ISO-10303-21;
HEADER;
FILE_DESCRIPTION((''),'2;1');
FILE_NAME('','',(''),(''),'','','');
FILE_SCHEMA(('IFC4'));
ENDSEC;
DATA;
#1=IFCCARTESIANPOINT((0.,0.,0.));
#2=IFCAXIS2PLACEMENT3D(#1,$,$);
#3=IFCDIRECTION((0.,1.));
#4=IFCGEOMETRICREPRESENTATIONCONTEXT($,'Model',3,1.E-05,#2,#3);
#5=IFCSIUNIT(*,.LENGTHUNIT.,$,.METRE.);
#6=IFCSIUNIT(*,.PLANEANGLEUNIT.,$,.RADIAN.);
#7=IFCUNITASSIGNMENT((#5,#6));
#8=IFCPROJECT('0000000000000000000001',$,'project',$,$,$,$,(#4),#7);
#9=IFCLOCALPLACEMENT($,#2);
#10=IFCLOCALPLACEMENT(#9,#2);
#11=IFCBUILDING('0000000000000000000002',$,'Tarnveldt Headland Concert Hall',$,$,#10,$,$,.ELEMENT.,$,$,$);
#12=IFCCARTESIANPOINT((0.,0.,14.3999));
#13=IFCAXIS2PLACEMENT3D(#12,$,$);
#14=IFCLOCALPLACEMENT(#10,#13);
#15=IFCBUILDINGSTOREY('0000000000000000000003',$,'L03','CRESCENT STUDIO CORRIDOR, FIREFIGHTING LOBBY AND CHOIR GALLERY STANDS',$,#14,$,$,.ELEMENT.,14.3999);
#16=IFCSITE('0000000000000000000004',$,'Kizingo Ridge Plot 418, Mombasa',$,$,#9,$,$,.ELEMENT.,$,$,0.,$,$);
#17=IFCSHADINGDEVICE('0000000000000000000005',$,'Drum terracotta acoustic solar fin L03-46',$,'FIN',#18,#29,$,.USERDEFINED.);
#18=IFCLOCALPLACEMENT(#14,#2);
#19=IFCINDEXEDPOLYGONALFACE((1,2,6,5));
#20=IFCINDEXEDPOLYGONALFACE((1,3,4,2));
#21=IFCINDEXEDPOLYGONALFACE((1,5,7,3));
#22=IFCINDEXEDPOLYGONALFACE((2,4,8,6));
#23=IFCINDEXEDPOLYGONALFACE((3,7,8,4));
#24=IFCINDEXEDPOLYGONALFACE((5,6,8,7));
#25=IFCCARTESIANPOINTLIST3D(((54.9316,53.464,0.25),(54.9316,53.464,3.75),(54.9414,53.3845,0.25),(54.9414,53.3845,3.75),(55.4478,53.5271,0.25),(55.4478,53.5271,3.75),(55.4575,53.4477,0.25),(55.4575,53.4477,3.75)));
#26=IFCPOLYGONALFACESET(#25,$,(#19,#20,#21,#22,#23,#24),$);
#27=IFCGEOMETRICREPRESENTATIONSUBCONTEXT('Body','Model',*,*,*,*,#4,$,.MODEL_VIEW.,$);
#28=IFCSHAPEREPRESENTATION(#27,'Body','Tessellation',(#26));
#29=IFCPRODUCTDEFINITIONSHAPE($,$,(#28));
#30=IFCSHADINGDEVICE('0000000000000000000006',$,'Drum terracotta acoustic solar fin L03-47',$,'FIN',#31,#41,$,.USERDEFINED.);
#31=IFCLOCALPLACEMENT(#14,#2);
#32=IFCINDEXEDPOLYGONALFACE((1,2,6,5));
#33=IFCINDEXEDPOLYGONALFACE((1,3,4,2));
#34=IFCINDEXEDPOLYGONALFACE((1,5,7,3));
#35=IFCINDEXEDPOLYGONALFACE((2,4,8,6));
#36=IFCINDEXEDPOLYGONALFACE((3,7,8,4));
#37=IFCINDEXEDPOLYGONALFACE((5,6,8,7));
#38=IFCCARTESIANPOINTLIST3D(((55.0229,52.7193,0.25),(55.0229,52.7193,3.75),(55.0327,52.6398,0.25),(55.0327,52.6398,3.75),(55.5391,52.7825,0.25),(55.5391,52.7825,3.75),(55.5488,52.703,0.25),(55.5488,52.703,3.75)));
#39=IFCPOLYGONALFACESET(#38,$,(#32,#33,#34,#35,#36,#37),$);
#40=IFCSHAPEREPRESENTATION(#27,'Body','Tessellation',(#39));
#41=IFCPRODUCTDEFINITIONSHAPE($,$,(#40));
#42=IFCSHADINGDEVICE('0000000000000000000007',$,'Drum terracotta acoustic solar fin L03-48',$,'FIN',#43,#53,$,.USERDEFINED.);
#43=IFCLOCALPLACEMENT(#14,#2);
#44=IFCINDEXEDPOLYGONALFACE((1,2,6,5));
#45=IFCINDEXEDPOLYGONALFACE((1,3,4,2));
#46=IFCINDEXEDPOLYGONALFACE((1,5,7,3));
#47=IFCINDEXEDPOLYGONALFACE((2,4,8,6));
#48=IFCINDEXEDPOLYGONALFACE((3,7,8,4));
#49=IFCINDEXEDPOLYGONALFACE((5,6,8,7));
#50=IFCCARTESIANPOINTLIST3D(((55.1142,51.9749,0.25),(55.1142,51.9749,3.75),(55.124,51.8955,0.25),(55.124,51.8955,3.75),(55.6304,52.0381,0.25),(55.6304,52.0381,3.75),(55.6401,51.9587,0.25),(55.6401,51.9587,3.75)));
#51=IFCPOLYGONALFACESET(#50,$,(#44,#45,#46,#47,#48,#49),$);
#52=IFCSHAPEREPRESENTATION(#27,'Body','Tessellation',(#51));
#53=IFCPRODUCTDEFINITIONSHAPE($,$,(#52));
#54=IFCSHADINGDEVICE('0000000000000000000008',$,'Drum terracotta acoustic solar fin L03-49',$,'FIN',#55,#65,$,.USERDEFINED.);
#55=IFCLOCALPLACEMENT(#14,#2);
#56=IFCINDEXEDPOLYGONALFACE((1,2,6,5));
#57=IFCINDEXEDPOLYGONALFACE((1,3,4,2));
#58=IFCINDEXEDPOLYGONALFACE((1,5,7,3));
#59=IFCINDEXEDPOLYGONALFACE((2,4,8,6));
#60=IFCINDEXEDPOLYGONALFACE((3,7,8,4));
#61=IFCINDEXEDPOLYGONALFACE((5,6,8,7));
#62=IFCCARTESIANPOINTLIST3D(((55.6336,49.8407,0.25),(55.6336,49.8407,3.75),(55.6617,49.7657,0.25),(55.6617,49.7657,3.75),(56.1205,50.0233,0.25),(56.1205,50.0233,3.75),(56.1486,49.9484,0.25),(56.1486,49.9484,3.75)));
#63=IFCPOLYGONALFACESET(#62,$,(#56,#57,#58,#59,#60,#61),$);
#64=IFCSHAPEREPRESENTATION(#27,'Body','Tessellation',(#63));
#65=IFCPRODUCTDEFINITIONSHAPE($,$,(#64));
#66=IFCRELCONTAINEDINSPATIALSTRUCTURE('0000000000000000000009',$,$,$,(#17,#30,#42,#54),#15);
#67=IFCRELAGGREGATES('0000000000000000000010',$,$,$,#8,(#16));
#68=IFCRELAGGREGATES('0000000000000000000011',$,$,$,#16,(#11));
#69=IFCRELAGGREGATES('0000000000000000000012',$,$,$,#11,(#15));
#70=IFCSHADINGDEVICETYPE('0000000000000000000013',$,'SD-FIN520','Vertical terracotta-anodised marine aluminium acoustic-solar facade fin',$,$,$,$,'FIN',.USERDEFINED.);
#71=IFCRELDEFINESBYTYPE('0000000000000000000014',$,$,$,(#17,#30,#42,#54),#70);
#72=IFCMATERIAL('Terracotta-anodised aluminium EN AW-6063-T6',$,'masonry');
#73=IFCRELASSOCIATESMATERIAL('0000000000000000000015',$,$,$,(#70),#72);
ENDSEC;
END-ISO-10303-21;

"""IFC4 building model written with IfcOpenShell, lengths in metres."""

from ifc_helpers import new_model, si_unit, direction, frame, origin, origin_2d, place, context, subcontext, project, spatial, rectangle, extrude, material, type_object, element, save


model = new_model("IFC4")

# Units and contexts
model_context = context("Model", 3, precision=1e-05, world=origin(), true_north=direction((0.0, 1.0)))
body_context = subcontext(model_context, "Body", "Model", "MODEL_VIEW")
ifc_project = project(units=[si_unit("LENGTHUNIT", "METRE"), si_unit("PLANEANGLEUNIT", "RADIAN")], contexts=[model_context])

# Site, building, storey
site_placement = place(None, origin())
site = spatial("IfcSite", under=ifc_project, at=site_placement, Name="Kizingo Ridge Plot 418, Mombasa", CompositionType="ELEMENT", RefElevation=0.0)
building_placement = place(site_placement, origin())
building = spatial("IfcBuilding", under=site, at=building_placement, Name="Tarnveldt Headland Concert Hall", CompositionType="ELEMENT")
storey_placement = place(building_placement, frame((0.0, 0.0, 14.3999)))
storey = spatial("IfcBuildingStorey", under=building, at=storey_placement, Name="L03", Description="CRESCENT STUDIO CORRIDOR, FIREFIGHTING LOBBY AND CHOIR GALLERY STANDS", CompositionType="ELEMENT", Elevation=14.3999)

# Shading devices
ifc_material_1 = material(Name="Terracotta-anodised aluminium EN AW-6063-T6", Category="masonry")
shading_device_type = type_object("IfcShadingDeviceType", Name="SD-FIN520", Description="Vertical terracotta-anodised marine aluminium acoustic-solar facade fin", ElementType="FIN", PredefinedType="USERDEFINED", material=ifc_material_1)
for number, where, z_axis, x_axis, name in (
    (1, (55.1946, 53.4558, 0.25), (0.0, 0.0, 1.0), (-0.992589, -0.121523, 0.0), "Drum terracotta acoustic solar fin L03-46"),
    (2, (55.2859, 52.7112, 0.25), (0.0, 0.0, 1.0), (-0.992589, -0.121523, 0.0), "Drum terracotta acoustic solar fin L03-47"),
    (3, (55.3772, 51.9668, 0.25), (0.0, 0.0, 1.0), (-0.992589, -0.121523, 0.0), "Drum terracotta acoustic solar fin L03-48"),
    (4, (55.8911, 49.8945, 0.25), (0.0, 0.0, 1.0), (-0.936305, -0.351188, 0.0), "Drum terracotta acoustic solar fin L03-49"),
):
    element("IfcShadingDevice", number, at=place(storey_placement, frame(where, z_axis=z_axis, x_axis=x_axis)), inside=storey, type_object=shading_device_type, Name=name, ObjectType="FIN", PredefinedType="USERDEFINED", context=body_context, shape_type="SweptSolid", body=[
        extrude(rectangle(XDim=0.52, YDim=0.0801, at=origin_2d()), origin(), (0.0, 0.0, 1.0), 3.5),
    ])

save(model, "model.ifc")
